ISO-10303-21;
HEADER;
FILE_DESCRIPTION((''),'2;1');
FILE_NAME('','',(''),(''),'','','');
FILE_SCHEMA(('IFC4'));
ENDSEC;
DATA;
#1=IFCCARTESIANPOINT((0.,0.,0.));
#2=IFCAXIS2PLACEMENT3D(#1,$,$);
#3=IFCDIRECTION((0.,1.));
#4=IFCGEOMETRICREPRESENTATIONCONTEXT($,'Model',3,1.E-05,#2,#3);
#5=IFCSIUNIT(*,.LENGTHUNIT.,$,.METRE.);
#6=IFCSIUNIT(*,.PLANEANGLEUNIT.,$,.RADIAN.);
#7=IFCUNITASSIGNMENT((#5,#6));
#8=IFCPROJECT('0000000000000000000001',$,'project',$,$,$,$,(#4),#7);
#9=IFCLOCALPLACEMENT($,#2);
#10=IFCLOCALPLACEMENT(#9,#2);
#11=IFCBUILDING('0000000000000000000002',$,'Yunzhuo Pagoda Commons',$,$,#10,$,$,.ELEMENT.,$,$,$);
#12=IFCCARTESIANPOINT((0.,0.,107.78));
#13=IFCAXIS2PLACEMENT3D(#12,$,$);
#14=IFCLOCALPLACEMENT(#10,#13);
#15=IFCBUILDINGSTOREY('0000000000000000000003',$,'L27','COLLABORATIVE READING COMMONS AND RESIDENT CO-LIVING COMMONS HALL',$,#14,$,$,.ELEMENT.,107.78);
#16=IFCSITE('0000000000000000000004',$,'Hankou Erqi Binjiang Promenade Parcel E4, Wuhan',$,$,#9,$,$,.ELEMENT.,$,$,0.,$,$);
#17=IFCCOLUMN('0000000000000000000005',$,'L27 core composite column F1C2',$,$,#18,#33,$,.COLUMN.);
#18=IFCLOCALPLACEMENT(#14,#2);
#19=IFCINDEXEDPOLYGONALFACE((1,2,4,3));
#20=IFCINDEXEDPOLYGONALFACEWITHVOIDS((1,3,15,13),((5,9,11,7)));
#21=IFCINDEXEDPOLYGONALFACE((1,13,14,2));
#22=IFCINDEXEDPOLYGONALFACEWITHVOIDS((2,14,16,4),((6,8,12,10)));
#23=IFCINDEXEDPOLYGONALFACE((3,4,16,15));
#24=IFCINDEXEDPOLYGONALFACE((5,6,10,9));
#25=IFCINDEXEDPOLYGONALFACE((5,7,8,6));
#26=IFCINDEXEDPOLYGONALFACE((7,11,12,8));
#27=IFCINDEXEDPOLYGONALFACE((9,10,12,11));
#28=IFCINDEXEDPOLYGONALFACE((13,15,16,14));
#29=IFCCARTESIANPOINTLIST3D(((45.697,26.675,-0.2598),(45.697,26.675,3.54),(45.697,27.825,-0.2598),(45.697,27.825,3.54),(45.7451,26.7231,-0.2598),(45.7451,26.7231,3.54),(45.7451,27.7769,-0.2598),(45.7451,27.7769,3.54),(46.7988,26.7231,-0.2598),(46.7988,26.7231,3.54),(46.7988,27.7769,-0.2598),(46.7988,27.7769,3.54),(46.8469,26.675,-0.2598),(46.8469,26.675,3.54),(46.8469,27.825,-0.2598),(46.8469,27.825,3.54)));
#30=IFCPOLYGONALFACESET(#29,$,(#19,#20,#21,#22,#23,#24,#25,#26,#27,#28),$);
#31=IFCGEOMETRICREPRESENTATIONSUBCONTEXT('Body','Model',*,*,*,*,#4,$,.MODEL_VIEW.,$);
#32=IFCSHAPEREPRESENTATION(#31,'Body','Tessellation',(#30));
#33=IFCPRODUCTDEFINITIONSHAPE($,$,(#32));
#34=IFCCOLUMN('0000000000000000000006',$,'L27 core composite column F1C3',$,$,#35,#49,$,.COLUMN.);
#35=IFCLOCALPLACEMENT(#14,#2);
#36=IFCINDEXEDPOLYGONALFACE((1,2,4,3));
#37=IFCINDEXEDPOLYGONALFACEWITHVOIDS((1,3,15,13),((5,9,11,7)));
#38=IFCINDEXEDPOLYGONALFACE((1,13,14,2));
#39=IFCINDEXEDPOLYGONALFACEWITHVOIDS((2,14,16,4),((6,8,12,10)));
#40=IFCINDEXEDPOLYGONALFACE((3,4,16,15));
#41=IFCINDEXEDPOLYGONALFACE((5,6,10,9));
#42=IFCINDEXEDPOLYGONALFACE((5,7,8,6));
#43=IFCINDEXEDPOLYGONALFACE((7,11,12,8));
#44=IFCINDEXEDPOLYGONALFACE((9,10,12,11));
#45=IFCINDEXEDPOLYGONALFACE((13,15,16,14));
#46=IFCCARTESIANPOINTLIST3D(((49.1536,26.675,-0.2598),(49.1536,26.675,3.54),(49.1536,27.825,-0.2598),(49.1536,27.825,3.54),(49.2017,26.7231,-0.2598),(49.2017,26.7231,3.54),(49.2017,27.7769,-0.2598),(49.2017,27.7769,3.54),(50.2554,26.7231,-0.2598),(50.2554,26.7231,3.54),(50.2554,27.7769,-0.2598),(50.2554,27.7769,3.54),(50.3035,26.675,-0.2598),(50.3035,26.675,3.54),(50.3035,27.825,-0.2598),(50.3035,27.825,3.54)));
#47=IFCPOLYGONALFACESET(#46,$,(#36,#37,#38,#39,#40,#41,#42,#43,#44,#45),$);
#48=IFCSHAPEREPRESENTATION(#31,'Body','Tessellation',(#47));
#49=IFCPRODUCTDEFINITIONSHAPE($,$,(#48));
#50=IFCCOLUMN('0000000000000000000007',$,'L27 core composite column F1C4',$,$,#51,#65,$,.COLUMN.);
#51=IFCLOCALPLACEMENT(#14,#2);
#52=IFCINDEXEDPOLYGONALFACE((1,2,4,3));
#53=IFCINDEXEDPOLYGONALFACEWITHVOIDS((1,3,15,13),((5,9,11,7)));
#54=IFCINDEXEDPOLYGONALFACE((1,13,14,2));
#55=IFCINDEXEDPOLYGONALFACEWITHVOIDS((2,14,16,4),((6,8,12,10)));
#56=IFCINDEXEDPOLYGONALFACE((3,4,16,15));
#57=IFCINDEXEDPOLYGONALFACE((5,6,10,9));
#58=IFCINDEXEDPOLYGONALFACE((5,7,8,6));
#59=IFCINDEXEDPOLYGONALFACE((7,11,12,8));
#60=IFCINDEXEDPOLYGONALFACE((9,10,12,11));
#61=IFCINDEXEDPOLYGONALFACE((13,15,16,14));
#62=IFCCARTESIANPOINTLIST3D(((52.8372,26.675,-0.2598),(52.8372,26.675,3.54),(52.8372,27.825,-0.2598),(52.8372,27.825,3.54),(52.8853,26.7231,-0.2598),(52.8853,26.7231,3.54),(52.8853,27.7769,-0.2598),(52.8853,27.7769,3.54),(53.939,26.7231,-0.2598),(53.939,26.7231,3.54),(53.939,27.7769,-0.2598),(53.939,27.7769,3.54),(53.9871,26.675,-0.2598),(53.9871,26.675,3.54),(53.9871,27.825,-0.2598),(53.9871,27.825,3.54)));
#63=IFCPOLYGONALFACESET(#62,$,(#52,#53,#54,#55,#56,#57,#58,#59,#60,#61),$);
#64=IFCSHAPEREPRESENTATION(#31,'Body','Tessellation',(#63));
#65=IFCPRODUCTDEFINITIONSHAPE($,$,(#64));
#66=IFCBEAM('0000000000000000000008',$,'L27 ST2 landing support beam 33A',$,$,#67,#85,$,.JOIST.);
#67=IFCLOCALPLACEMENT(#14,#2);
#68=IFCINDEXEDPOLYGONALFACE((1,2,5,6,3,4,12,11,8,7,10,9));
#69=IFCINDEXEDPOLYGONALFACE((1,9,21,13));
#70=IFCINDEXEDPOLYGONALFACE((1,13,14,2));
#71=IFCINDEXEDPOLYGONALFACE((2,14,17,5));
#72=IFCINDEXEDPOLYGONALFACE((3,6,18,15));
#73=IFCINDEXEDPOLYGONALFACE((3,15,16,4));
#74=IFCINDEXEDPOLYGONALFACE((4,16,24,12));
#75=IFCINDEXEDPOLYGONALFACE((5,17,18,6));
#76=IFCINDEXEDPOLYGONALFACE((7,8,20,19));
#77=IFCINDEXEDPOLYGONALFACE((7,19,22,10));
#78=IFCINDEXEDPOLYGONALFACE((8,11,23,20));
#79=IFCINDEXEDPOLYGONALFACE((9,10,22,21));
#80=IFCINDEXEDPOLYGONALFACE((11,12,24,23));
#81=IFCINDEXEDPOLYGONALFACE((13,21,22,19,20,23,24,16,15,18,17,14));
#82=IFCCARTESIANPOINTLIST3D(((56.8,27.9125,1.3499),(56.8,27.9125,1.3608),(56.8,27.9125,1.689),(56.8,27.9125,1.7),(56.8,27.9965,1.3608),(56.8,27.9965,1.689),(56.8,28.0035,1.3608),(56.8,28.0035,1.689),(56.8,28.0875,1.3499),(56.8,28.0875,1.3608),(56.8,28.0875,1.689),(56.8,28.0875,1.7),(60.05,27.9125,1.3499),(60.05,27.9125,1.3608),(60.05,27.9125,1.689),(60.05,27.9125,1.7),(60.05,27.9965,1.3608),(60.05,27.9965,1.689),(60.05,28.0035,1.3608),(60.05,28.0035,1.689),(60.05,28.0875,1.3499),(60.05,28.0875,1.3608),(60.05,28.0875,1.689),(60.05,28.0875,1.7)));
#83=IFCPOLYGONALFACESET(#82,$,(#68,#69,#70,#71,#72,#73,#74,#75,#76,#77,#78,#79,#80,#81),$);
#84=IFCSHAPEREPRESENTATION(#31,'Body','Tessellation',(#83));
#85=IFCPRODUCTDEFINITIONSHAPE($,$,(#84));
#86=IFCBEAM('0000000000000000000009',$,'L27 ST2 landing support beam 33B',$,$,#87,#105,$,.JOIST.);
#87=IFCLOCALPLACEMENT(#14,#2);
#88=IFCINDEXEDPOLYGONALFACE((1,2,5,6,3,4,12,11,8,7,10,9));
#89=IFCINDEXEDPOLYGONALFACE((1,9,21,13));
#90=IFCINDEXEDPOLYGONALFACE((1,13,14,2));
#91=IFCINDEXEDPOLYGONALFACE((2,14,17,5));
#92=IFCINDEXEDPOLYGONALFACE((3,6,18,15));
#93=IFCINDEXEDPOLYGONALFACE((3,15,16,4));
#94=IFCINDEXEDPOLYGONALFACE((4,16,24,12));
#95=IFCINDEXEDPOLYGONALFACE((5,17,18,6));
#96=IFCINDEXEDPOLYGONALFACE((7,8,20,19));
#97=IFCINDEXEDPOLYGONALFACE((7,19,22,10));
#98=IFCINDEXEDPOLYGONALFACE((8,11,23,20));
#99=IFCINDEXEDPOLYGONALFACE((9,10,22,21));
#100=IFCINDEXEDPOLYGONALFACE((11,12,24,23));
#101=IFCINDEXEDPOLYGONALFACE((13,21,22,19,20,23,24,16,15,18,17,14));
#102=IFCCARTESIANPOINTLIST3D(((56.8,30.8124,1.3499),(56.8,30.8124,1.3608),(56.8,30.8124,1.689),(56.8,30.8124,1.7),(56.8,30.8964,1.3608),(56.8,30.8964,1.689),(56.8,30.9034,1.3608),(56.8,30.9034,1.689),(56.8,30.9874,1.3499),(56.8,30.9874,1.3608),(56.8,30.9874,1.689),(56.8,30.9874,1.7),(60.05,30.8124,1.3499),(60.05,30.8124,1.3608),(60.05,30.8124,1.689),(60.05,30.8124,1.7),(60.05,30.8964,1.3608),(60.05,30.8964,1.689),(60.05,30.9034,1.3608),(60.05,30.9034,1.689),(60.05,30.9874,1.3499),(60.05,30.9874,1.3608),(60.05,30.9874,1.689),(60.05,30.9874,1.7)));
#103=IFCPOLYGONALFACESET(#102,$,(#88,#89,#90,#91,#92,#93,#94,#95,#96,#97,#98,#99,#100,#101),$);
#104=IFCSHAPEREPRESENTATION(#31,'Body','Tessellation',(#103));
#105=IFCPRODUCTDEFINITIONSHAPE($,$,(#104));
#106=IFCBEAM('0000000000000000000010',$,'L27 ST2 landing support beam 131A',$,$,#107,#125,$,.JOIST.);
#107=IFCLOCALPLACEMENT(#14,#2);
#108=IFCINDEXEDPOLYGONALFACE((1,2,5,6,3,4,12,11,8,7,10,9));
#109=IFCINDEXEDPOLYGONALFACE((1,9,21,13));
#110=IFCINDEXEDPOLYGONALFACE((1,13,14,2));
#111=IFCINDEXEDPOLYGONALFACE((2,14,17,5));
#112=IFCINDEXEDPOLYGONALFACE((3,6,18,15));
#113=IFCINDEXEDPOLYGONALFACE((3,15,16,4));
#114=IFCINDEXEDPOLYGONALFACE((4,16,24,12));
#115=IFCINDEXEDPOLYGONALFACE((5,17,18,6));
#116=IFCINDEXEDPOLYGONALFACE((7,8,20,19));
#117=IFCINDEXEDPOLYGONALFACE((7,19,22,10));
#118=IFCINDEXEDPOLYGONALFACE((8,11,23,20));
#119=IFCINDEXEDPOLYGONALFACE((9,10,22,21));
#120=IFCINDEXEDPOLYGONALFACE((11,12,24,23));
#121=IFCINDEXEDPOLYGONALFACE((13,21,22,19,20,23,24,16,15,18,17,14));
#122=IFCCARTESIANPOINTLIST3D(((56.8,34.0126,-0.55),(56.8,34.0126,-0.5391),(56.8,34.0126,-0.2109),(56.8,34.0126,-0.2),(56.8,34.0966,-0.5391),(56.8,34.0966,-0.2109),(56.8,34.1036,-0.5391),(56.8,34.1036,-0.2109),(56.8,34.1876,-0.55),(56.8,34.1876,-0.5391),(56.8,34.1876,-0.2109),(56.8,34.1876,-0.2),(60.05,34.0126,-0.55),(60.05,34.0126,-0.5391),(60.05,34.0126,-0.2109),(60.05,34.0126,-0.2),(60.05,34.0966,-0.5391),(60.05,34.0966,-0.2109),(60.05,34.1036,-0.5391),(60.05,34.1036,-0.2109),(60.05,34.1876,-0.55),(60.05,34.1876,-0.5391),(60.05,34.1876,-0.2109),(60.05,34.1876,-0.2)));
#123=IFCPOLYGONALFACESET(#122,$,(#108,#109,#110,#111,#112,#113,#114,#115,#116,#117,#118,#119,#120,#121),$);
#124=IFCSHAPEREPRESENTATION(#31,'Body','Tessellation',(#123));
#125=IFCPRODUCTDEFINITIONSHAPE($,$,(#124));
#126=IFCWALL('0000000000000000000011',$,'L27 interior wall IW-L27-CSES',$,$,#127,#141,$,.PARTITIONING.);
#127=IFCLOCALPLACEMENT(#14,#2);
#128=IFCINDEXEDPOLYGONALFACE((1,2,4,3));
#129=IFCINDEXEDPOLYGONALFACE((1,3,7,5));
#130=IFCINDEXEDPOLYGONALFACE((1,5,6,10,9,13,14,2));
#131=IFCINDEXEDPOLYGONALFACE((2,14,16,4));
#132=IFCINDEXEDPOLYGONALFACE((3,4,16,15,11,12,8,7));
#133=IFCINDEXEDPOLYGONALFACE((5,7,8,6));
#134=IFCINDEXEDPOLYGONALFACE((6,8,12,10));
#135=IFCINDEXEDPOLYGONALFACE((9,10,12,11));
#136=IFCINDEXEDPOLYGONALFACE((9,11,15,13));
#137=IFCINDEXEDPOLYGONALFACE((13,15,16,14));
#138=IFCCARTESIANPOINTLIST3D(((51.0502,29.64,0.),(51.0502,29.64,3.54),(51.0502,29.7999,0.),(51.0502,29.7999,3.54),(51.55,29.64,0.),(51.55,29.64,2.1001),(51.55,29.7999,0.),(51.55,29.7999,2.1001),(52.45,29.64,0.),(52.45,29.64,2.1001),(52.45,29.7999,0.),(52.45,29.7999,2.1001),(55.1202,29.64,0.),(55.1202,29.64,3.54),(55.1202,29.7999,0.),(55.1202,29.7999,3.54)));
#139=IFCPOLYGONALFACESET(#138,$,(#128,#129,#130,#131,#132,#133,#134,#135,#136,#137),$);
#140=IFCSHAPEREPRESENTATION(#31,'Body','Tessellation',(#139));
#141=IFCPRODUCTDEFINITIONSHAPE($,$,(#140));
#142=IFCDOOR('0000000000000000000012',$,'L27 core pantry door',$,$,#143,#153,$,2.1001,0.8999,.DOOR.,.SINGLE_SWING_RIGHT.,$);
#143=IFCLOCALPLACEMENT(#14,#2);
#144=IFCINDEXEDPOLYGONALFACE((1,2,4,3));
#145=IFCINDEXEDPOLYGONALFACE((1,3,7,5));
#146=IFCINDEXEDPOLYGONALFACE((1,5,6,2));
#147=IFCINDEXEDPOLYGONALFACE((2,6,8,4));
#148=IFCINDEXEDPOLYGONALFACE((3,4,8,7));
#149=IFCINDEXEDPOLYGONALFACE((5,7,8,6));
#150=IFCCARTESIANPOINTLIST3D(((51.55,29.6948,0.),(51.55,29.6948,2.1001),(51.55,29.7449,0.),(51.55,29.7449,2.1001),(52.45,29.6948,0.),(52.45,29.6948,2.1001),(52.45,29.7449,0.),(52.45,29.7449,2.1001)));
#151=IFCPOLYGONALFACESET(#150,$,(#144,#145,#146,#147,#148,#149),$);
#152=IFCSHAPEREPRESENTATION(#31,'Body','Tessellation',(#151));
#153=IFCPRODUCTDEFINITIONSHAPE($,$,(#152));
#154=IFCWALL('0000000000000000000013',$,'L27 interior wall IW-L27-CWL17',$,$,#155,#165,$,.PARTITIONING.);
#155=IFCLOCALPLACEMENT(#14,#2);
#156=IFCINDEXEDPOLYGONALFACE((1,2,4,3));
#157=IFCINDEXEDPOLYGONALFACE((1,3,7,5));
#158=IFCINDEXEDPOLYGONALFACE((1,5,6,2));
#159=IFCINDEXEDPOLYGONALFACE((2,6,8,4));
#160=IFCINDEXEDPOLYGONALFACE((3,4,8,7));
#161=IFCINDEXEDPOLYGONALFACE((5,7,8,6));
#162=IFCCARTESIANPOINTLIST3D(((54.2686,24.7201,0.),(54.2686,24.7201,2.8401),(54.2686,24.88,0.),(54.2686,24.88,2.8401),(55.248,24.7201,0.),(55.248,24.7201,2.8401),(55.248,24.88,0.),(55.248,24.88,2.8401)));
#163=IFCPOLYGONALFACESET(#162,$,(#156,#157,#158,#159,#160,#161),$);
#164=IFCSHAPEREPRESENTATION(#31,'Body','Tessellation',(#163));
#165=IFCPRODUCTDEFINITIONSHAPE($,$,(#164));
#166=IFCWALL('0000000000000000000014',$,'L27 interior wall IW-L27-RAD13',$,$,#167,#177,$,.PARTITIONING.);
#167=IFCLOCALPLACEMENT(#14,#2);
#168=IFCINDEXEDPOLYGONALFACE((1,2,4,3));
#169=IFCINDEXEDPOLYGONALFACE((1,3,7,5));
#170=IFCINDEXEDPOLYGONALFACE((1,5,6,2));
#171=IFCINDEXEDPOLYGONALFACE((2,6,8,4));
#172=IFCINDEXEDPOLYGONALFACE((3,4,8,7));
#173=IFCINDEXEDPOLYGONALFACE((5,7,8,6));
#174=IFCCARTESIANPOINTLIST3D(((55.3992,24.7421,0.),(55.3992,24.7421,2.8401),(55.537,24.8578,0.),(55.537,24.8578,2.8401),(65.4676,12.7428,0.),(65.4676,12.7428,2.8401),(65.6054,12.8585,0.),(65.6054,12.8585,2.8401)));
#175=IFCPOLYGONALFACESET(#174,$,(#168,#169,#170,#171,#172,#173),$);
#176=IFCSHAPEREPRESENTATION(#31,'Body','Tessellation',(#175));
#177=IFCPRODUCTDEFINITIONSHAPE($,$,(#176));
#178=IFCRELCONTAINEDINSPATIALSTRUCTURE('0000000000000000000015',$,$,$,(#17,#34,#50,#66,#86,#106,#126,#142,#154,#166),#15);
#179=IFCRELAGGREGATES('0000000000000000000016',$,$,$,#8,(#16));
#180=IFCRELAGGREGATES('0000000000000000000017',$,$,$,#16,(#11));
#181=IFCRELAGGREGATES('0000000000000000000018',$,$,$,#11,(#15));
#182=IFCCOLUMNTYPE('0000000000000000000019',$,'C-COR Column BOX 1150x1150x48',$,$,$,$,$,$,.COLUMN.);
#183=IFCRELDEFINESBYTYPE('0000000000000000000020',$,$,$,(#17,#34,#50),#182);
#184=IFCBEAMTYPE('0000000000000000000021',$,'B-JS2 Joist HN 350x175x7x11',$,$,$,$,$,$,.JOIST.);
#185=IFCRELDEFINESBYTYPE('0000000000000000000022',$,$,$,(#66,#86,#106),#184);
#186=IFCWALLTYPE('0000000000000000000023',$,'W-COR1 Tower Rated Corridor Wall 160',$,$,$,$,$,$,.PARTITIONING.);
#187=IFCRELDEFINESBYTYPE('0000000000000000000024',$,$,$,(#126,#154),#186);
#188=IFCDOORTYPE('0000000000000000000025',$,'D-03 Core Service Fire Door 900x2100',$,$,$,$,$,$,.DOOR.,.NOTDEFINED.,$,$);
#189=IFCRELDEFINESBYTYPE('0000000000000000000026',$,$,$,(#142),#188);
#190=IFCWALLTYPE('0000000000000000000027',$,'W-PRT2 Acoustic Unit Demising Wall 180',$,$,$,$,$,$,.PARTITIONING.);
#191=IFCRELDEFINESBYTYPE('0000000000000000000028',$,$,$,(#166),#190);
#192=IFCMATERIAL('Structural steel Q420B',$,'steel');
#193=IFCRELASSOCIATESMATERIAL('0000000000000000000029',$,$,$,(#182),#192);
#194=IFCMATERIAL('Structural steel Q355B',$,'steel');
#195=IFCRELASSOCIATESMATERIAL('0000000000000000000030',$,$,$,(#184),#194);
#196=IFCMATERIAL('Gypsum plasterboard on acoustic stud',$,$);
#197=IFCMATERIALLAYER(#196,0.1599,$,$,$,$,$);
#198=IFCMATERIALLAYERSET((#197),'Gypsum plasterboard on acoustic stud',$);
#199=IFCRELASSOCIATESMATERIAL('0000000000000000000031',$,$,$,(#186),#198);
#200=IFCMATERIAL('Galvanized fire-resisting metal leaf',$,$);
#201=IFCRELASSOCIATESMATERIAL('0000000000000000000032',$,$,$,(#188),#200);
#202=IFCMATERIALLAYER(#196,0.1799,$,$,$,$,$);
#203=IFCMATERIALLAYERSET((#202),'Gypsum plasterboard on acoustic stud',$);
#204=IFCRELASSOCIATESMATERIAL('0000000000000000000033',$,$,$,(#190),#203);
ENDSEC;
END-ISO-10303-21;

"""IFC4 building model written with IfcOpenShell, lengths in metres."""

from ifc_helpers import new_model, si_unit, direction, frame, frame_2d, origin, origin_with_axes, origin_2d, place, context, subcontext, project, spatial, rectangle, hollow_rectangle, i_section, extrude, source, transform, mapped, material, layer, layer_set, material_profile, profile_set, type_object, element, fill, save


model = new_model("IFC4")

# Units and contexts
model_context = context("Model", 3, precision=1e-05, world=origin(), true_north=direction((0.0, 1.0)))
body_context = subcontext(model_context, "Body", "Model", "MODEL_VIEW")
ifc_project = project(units=[si_unit("LENGTHUNIT", "METRE"), si_unit("PLANEANGLEUNIT", "RADIAN")], contexts=[model_context])

# Site, building, storey
site_placement = place(None, origin())
site = spatial("IfcSite", under=ifc_project, at=site_placement, Name="Hankou Erqi Binjiang Promenade Parcel E4, Wuhan", CompositionType="ELEMENT", RefElevation=0.0)
building_placement = place(site_placement, origin())
building = spatial("IfcBuilding", under=site, at=building_placement, Name="Yunzhuo Pagoda Commons", CompositionType="ELEMENT")
storey_placement = place(building_placement, frame((0.0, 0.0, 107.78)))
storey = spatial("IfcBuildingStorey", under=building, at=storey_placement, Name="L27", Description="COLLABORATIVE READING COMMONS AND RESIDENT CO-LIVING COMMONS HALL", CompositionType="ELEMENT", Elevation=107.78)

# Columns
ifc_material_1 = material(Name="Structural steel Q420B", Category="steel")
ifc_material_profile_1 = material_profile(ifc_material_1, hollow_rectangle(XDim=1.1499, YDim=1.1499, WallThickness=0.0481, at=origin_2d()), Name="Structural steel Q420B")
ifc_profile_set_1 = profile_set([ifc_material_profile_1], Name="Structural steel Q420B")
column_type = type_object("IfcColumnType", Name="C-COR Column BOX 1150x1150x48", PredefinedType="COLUMN", material=ifc_profile_set_1)
shared_shape_1 = source(origin(), body_context, "Body", "SweptSolid", [
    extrude(hollow_rectangle(XDim=1.1499, YDim=1.1499, WallThickness=0.0481, at=origin_2d()), origin(), (0.0, 0.0, 1.0), 3.7998),
])
for number, where, z_axis, x_axis, name in (
    (1, (46.272, 27.25, -0.2598), (0.0, 0.0, 1.0), (1.0, 0.0, 0.0), "L27 core composite column F1C2"),
    (2, (49.7285, 27.25, -0.2598), (0.0, 0.0, 1.0), (1.0, 0.0, 0.0), "L27 core composite column F1C3"),
    (3, (53.4121, 27.25, -0.2598), (0.0, 0.0, 1.0), (1.0, 0.0, 0.0), "L27 core composite column F1C4"),
):
    element("IfcColumn", number, at=place(storey_placement, frame(where, z_axis=z_axis, x_axis=x_axis)), inside=storey, type_object=column_type, Name=name, PredefinedType="COLUMN", context=body_context, shape_type="MappedRepresentation", body=[
        mapped(shared_shape_1, transform((0.0, 0.0, 0.0), scale=1.0)),
    ])

# Beams
ifc_material_2 = material(Name="Structural steel Q355B", Category="steel")
ifc_material_profile_2 = material_profile(ifc_material_2, i_section(OverallWidth=0.175, OverallDepth=0.3501, WebThickness=0.0071, FlangeThickness=0.011, at=origin_2d()), Name="Structural steel Q355B")
ifc_profile_set_2 = profile_set([ifc_material_profile_2], Name="Structural steel Q355B")
beam_type = type_object("IfcBeamType", Name="B-JS2 Joist HN 350x175x7x11", PredefinedType="JOIST", material=ifc_profile_set_2)
shared_shape_2 = source(origin(), body_context, "Body", "SweptSolid", [
    extrude(i_section(OverallWidth=0.175, OverallDepth=0.3501, WebThickness=0.0071, FlangeThickness=0.011, at=origin_2d()), origin(), (0.0, 0.0, 1.0), 3.25),
])
for number, where, z_axis, x_axis, name in (
    (4, (56.8, 28.0, 1.5249), (1.0, 0.0, 0.0), (0.0, 1.0, 0.0), "L27 ST2 landing support beam 33A"),
    (5, (56.8, 30.8999, 1.5249), (1.0, 0.0, 0.0), (0.0, 1.0, 0.0), "L27 ST2 landing support beam 33B"),
    (6, (56.8, 34.1001, -0.375), (1.0, 0.0, 0.0), (0.0, 1.0, 0.0), "L27 ST2 landing support beam 131A"),
):
    element("IfcBeam", number, at=place(storey_placement, frame(where, z_axis=z_axis, x_axis=x_axis)), inside=storey, type_object=beam_type, Name=name, PredefinedType="JOIST", context=body_context, shape_type="MappedRepresentation", body=[
        mapped(shared_shape_2, transform((0.0, 0.0, 0.0), scale=1.0)),
    ])

# Wall, opening, door
ifc_material_3 = material(Name="Gypsum plasterboard on acoustic stud")
ifc_layer_1 = layer(ifc_material_3, 0.1599)
ifc_layer_set_1 = layer_set([ifc_layer_1], Name="Gypsum plasterboard on acoustic stud")
wall_type_1 = type_object("IfcWallType", Name="W-COR1 Tower Rated Corridor Wall 160", PredefinedType="PARTITIONING", material=ifc_layer_set_1)
wall_1_placement = place(storey_placement, frame((51.05, 29.72, 0.0), z_axis=(0.0, 0.0, 1.0), x_axis=(1.0, 0.0, 0.0)))
wall_1 = element("IfcWall", 7, at=wall_1_placement, inside=storey, type_object=wall_type_1, Name="L27 interior wall IW-L27-CSES", PredefinedType="PARTITIONING", context=body_context, shape_type="SweptSolid", body=[
    extrude(rectangle(XDim=4.0701, YDim=0.1599, at=frame_2d((2.0352, 0.0))), origin(), (0.0, 0.0, 1.0), 3.54),
])
opening_1_placement = place(wall_1_placement, frame((0.5, 0.0, 0.0)))
opening_1 = element("IfcOpeningElement", 8, at=opening_1_placement, cuts=wall_1, PredefinedType="OPENING", context=body_context, shape_type="SweptSolid", body=[
    extrude(rectangle(XDim=0.8999, YDim=2.1001, at=frame_2d((0.45, 1.05))), frame((0.0, 0.0898, 0.0), z_axis=(0.0, -1.0, 0.0), x_axis=(1.0, 0.0, 0.0)), (0.0, 0.0, 1.0), 0.1799),
])
ifc_material_4 = material(Name="Galvanized fire-resisting metal leaf")
door_type_1 = type_object("IfcDoorType", Name="D-03 Core Service Fire Door 900x2100", OperationType="NOTDEFINED", PredefinedType="DOOR", material=ifc_material_4)
shared_shape_3 = source(origin(), body_context, "Body", "SweptSolid", [
    extrude(rectangle(XDim=0.8999, YDim=2.1001, at=frame_2d((0.45, 1.05))), frame((0.0, 0.0249, 0.0), z_axis=(0.0, -1.0, 0.0), x_axis=(1.0, 0.0, 0.0)), (0.0, 0.0, 1.0), 0.05),
])
door_1_placement = place(opening_1_placement, origin_with_axes())
door_1 = element("IfcDoor", 9, at=door_1_placement, inside=storey, type_object=door_type_1, Name="L27 core pantry door", OperationType="SINGLE_SWING_RIGHT", OverallHeight=2.1001, OverallWidth=0.8999, PredefinedType="DOOR", context=body_context, shape_type="MappedRepresentation", body=[
    mapped(shared_shape_3, transform((0.0, 0.0, 0.0), scale=1.0)),
])
fill(opening_1, door_1)

# Walls
wall_2_placement = place(storey_placement, frame((55.248, 24.8, 0.0), z_axis=(0.0, 0.0, 1.0), x_axis=(-1.0, 0.0, 0.0)))
element("IfcWall", 10, at=wall_2_placement, inside=storey, type_object=wall_type_1, Name="L27 interior wall IW-L27-CWL17", PredefinedType="PARTITIONING", context=body_context, shape_type="SweptSolid", body=[
    extrude(rectangle(XDim=0.9795, YDim=0.1599, at=frame_2d((0.4897, 0.0))), origin(), (0.0, 0.0, 1.0), 2.8401),
])
ifc_layer_2 = layer(ifc_material_3, 0.1799)
ifc_layer_set_2 = layer_set([ifc_layer_2], Name="Gypsum plasterboard on acoustic stud")
wall_type_2 = type_object("IfcWallType", Name="W-PRT2 Acoustic Unit Demising Wall 180", PredefinedType="PARTITIONING", material=ifc_layer_set_2)
wall_3_placement = place(storey_placement, frame((55.468, 24.8, 0.0), z_axis=(0.0, 0.0, 1.0), x_axis=(0.642779, -0.766051, 0.0)))
element("IfcWall", 11, at=wall_3_placement, inside=storey, type_object=wall_type_2, Name="L27 interior wall IW-L27-RAD13", PredefinedType="PARTITIONING", context=body_context, shape_type="SweptSolid", body=[
    extrude(rectangle(XDim=15.6638, YDim=0.1799, at=frame_2d((7.832, 0.0))), origin(), (0.0, 0.0, 1.0), 2.8401),
])

save(model, "model.ifc")
